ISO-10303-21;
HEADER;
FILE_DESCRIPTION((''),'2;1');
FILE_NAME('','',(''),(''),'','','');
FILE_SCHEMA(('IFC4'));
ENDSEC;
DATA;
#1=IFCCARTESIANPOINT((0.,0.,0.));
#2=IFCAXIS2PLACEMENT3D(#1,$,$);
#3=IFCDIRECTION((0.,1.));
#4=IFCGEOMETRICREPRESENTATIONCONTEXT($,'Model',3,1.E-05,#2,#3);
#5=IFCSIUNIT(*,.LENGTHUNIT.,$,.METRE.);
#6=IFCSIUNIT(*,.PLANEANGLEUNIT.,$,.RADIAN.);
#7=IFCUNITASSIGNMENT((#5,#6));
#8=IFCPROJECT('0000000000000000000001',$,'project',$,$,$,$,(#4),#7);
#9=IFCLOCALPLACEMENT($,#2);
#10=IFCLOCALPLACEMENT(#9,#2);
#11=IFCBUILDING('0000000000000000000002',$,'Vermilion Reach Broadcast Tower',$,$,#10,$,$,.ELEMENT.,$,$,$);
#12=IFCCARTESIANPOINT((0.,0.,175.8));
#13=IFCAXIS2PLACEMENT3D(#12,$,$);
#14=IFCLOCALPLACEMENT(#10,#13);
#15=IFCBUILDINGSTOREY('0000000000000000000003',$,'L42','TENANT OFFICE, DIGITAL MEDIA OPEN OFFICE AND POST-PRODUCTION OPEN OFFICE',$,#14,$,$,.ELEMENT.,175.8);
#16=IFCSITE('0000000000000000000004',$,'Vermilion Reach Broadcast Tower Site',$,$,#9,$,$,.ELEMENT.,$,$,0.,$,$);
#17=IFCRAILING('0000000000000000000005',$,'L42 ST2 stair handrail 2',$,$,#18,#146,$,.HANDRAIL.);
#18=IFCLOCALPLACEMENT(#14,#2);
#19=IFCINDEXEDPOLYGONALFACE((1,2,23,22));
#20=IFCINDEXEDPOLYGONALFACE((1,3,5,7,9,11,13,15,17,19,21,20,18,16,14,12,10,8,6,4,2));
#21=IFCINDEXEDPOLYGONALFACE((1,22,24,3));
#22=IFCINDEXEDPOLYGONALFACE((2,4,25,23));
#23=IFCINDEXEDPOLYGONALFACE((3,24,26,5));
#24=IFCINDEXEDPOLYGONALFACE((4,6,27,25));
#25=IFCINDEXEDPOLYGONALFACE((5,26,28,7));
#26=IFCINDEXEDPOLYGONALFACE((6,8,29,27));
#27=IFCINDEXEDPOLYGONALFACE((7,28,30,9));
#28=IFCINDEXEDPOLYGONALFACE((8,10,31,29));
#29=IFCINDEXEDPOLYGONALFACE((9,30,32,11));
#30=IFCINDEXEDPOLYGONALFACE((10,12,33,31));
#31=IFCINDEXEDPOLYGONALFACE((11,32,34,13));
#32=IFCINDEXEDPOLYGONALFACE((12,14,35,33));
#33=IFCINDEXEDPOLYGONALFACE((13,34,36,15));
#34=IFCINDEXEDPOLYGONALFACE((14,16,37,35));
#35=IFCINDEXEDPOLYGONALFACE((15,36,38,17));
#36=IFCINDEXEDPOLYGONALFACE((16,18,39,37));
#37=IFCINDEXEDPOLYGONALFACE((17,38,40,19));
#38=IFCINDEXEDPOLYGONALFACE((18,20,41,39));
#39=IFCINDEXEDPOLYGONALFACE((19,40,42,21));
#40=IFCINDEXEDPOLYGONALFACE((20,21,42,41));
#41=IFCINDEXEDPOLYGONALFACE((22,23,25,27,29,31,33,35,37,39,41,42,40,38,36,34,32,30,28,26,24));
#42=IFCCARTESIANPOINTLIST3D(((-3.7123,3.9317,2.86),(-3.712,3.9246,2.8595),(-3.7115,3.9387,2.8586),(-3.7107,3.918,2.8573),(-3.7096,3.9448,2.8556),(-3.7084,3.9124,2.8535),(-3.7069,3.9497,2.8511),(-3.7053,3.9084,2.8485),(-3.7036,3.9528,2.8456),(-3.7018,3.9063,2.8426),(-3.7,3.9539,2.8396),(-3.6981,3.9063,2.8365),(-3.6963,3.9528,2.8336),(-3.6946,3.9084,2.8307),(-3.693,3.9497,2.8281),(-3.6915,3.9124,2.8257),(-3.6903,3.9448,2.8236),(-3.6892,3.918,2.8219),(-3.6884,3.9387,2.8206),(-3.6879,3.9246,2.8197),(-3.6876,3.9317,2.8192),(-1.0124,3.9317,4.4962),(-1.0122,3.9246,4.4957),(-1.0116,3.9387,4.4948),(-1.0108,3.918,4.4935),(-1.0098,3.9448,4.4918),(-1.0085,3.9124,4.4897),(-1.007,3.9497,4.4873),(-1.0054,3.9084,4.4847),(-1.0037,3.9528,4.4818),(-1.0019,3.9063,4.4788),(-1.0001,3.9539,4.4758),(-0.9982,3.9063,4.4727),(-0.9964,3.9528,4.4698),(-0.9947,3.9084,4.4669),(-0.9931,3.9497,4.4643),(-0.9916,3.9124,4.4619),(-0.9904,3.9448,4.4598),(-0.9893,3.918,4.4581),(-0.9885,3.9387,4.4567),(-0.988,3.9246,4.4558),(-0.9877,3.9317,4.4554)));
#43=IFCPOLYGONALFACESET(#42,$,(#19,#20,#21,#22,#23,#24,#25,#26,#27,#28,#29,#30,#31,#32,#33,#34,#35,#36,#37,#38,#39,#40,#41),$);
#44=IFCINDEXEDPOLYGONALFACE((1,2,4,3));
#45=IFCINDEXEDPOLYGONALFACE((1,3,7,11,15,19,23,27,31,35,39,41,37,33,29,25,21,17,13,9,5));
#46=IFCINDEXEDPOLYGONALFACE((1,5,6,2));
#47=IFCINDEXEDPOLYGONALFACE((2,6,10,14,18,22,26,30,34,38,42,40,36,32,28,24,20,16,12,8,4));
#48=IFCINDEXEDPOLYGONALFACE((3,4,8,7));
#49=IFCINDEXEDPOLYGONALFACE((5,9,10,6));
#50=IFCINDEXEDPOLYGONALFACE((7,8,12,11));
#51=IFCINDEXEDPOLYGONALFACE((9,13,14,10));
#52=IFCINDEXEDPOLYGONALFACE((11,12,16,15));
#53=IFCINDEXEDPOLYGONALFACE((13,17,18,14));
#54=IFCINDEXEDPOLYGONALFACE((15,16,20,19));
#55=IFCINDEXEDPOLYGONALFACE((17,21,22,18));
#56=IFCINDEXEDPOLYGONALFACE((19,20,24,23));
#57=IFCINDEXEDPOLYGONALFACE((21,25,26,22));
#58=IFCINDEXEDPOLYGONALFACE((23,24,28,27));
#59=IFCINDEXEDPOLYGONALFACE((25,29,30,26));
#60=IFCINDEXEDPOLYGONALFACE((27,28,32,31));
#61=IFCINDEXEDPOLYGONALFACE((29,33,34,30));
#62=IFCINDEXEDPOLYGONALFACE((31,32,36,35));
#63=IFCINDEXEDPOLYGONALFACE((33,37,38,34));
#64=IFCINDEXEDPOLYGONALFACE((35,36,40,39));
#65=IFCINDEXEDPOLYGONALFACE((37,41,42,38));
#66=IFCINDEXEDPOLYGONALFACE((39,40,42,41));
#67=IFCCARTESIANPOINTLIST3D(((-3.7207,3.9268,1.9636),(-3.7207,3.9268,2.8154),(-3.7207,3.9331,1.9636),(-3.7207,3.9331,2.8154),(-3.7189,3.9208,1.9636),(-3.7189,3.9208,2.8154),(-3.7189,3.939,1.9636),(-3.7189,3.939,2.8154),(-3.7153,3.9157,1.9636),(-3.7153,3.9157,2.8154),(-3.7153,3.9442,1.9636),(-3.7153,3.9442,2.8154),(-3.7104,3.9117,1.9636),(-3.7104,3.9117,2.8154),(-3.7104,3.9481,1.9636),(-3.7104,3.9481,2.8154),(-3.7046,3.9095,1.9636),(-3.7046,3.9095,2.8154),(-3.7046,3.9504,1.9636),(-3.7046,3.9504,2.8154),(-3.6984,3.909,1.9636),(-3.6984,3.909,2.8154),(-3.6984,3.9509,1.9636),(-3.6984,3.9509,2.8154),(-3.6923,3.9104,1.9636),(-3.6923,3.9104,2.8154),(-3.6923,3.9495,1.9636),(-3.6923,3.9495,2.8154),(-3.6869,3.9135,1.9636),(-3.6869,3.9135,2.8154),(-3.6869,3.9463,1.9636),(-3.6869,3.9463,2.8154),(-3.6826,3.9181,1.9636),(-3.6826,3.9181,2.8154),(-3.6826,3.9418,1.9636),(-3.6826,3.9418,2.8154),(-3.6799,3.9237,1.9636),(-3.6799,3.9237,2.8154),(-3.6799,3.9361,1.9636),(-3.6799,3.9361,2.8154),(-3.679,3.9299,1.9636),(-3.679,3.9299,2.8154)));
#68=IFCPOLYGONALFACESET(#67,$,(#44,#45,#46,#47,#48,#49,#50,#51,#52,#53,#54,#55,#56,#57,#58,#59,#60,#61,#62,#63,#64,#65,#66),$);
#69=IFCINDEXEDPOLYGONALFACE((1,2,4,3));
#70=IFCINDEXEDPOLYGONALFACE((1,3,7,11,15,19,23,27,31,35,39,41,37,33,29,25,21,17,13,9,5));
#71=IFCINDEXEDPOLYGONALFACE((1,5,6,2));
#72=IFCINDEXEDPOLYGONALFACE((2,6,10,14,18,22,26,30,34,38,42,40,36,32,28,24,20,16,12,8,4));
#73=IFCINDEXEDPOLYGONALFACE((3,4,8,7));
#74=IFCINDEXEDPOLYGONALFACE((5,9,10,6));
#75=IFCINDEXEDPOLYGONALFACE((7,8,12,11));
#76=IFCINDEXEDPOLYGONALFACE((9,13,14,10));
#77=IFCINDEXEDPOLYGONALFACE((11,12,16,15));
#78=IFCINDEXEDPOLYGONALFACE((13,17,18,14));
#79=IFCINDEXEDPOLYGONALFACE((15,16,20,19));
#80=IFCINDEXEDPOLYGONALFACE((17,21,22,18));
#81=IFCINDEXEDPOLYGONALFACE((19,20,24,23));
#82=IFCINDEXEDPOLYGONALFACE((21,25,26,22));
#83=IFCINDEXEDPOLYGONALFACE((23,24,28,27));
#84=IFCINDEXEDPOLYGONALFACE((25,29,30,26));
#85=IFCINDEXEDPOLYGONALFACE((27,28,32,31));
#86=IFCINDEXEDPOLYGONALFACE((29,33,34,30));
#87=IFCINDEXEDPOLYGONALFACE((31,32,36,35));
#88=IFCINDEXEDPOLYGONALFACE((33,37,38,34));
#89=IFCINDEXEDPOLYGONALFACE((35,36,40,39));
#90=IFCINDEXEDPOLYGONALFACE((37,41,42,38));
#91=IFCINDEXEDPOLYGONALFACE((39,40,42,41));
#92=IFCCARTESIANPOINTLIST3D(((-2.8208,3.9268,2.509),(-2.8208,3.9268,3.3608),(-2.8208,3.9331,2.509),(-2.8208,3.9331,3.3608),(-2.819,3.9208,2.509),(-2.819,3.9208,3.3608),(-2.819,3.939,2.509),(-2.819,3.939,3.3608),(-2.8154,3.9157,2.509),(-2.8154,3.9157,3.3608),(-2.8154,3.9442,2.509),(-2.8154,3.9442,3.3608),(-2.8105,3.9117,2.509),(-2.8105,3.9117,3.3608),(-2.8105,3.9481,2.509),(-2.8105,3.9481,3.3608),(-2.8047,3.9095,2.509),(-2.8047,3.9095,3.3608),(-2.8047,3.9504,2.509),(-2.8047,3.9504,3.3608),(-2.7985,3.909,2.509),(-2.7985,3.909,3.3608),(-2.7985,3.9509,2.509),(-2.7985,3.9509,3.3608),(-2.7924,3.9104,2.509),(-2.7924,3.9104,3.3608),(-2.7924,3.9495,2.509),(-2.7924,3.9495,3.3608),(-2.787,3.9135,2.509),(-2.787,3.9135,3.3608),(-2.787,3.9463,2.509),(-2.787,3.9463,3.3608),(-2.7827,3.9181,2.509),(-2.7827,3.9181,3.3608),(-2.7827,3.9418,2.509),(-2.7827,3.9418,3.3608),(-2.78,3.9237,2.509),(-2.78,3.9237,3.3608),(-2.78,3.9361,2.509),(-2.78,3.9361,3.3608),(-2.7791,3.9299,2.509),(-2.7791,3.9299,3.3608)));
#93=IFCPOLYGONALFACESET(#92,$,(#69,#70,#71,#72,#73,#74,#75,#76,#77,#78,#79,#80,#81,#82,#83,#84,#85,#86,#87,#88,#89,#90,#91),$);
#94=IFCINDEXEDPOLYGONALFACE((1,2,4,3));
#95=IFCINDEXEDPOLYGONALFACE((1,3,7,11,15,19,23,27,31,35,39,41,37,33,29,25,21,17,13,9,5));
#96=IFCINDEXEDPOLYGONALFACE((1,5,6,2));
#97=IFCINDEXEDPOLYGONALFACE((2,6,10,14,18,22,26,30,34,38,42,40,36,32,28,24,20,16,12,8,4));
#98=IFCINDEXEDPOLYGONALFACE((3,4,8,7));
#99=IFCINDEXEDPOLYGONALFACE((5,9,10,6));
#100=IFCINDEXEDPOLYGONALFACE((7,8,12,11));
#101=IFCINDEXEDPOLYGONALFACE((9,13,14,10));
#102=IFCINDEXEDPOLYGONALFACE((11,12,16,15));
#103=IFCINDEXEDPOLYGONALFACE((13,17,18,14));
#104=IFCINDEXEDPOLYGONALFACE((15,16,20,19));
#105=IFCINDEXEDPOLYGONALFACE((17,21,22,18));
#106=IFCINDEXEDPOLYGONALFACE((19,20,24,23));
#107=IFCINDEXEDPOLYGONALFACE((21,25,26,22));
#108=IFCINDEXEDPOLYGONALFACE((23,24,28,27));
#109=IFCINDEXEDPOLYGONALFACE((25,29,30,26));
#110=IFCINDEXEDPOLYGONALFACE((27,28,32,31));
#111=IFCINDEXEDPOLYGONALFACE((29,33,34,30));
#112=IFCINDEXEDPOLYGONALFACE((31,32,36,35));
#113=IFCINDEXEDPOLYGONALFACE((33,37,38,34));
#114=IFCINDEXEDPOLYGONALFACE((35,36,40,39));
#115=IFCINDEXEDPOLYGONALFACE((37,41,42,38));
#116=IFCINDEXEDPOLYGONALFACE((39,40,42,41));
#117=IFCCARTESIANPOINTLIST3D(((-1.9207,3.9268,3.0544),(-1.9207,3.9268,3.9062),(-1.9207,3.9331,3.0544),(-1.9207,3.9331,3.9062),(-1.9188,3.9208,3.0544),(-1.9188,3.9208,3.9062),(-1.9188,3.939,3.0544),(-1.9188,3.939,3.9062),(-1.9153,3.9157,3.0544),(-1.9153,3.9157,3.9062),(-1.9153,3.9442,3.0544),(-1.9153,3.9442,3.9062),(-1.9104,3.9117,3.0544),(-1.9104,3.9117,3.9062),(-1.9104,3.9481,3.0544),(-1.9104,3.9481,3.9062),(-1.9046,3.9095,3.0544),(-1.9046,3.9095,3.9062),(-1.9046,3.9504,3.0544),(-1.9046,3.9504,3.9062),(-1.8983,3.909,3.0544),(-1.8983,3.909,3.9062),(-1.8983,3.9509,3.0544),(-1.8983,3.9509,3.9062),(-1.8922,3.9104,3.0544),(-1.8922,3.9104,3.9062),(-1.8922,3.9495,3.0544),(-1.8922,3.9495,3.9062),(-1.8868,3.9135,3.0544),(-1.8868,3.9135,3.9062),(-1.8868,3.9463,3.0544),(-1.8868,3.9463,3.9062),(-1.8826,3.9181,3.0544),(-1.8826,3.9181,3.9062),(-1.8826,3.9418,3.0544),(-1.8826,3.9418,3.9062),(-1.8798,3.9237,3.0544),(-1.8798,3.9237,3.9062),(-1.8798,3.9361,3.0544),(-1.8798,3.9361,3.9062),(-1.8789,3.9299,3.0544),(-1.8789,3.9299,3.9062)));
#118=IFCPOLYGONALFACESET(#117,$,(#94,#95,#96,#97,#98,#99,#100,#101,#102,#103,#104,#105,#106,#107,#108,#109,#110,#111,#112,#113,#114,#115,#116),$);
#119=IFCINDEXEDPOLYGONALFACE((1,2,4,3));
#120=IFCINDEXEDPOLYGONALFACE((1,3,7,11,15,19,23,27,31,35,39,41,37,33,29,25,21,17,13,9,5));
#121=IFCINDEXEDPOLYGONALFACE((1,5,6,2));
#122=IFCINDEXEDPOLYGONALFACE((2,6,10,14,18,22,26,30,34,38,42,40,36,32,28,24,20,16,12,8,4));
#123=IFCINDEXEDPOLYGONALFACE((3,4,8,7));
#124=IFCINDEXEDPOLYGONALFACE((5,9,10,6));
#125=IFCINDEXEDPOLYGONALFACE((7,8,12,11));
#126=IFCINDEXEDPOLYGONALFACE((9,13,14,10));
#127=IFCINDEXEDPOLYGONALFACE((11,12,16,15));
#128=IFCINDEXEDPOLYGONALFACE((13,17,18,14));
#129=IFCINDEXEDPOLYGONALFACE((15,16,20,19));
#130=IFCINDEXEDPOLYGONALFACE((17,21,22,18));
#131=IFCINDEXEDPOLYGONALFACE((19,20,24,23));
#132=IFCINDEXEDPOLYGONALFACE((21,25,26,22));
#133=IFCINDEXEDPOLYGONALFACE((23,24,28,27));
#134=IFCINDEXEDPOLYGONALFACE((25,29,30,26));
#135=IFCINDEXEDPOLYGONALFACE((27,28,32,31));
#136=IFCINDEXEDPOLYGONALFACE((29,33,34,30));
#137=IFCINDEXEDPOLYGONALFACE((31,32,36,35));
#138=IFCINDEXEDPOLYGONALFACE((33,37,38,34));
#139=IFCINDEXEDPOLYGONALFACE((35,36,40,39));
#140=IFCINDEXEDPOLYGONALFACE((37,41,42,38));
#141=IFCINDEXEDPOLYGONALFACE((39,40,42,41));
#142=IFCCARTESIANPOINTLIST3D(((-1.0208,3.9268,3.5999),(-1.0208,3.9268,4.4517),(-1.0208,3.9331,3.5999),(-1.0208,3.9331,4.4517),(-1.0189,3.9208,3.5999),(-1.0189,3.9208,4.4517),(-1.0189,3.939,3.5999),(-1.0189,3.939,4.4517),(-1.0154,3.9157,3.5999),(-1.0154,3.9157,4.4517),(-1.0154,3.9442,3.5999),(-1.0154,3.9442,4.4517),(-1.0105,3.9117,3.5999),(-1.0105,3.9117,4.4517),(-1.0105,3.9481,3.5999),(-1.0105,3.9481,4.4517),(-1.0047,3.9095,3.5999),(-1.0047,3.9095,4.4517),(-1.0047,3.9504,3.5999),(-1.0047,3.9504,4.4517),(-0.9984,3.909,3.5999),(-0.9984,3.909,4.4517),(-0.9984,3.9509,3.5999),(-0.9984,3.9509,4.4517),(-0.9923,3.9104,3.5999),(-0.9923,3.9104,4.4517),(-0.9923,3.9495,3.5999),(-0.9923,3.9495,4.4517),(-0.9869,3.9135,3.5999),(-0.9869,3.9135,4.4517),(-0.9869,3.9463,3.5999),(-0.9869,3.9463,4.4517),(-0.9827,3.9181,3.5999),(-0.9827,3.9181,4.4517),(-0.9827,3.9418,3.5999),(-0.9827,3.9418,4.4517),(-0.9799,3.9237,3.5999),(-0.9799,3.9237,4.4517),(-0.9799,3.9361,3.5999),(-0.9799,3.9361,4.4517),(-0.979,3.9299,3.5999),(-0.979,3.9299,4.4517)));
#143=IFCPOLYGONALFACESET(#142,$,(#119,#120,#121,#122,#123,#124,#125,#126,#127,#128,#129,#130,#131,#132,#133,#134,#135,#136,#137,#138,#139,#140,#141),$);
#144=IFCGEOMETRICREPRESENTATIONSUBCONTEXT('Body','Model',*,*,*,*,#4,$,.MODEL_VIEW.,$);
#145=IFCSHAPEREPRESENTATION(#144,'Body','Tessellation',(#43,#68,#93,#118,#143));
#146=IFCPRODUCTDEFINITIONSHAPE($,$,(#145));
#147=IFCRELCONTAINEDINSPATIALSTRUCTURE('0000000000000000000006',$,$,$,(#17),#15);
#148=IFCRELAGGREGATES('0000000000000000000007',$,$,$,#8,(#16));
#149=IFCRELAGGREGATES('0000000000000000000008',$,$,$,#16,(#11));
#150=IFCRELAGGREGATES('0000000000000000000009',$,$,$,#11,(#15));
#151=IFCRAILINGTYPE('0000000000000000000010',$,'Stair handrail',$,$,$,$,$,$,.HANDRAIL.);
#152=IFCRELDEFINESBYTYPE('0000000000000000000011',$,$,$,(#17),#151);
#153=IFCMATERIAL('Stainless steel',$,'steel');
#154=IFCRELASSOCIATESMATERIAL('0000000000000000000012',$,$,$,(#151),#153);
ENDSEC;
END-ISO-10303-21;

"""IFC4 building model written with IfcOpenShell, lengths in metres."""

from ifc_helpers import new_model, si_unit, direction, frame, origin, origin_2d, place, context, subcontext, project, spatial, circle, extrude, material, type_object, element, save


model = new_model("IFC4")

# Units and contexts
model_context = context("Model", 3, precision=1e-05, world=origin(), true_north=direction((0.0, 1.0)))
body_context = subcontext(model_context, "Body", "Model", "MODEL_VIEW")
ifc_project = project(units=[si_unit("LENGTHUNIT", "METRE"), si_unit("PLANEANGLEUNIT", "RADIAN")], contexts=[model_context])

# Site, building, storey
site_placement = place(None, origin())
site = spatial("IfcSite", under=ifc_project, at=site_placement, Name="Vermilion Reach Broadcast Tower Site", CompositionType="ELEMENT", RefElevation=0.0)
building_placement = place(site_placement, origin())
building = spatial("IfcBuilding", under=site, at=building_placement, Name="Vermilion Reach Broadcast Tower", CompositionType="ELEMENT")
storey_placement = place(building_placement, frame((0.0, 0.0, 175.8)))
storey = spatial("IfcBuildingStorey", under=building, at=storey_placement, Name="L42", Description="TENANT OFFICE, DIGITAL MEDIA OPEN OFFICE AND POST-PRODUCTION OPEN OFFICE", CompositionType="ELEMENT", Elevation=175.8)

# Railing
ifc_material_1 = material(Name="Stainless steel", Category="steel")
railing_type_1 = type_object("IfcRailingType", Name="Stair handrail", PredefinedType="HANDRAIL", material=ifc_material_1)
railing_1_placement = place(storey_placement, frame((-3.7, 3.9299, 1.9636)))
element("IfcRailing", 1, at=railing_1_placement, inside=storey, type_object=railing_type_1, Name="L42 ST2 stair handrail 2", PredefinedType="HANDRAIL", context=body_context, shape_type="SweptSolid", body=[
    extrude(circle(Radius=0.0239, at=origin_2d()), frame((0.0, 0.0, 0.876), z_axis=(0.855212, 0.0, 0.518278), x_axis=(0.0, 1.0, 0.0)), (0.0, 0.0, 1.0), 3.157),
    extrude(circle(Radius=0.021, at=origin_2d()), origin(), (0.0, 0.0, 1.0), 0.8518),
    extrude(circle(Radius=0.021, at=origin_2d()), frame((0.8999, 0.0, 0.5454)), (0.0, 0.0, 1.0), 0.8518),
    extrude(circle(Radius=0.021, at=origin_2d()), frame((1.8, 0.0, 1.0908)), (0.0, 0.0, 1.0), 0.8518),
    extrude(circle(Radius=0.021, at=origin_2d()), frame((2.7, 0.0, 1.6362)), (0.0, 0.0, 1.0), 0.8518),
])

save(model, "model.ifc")
